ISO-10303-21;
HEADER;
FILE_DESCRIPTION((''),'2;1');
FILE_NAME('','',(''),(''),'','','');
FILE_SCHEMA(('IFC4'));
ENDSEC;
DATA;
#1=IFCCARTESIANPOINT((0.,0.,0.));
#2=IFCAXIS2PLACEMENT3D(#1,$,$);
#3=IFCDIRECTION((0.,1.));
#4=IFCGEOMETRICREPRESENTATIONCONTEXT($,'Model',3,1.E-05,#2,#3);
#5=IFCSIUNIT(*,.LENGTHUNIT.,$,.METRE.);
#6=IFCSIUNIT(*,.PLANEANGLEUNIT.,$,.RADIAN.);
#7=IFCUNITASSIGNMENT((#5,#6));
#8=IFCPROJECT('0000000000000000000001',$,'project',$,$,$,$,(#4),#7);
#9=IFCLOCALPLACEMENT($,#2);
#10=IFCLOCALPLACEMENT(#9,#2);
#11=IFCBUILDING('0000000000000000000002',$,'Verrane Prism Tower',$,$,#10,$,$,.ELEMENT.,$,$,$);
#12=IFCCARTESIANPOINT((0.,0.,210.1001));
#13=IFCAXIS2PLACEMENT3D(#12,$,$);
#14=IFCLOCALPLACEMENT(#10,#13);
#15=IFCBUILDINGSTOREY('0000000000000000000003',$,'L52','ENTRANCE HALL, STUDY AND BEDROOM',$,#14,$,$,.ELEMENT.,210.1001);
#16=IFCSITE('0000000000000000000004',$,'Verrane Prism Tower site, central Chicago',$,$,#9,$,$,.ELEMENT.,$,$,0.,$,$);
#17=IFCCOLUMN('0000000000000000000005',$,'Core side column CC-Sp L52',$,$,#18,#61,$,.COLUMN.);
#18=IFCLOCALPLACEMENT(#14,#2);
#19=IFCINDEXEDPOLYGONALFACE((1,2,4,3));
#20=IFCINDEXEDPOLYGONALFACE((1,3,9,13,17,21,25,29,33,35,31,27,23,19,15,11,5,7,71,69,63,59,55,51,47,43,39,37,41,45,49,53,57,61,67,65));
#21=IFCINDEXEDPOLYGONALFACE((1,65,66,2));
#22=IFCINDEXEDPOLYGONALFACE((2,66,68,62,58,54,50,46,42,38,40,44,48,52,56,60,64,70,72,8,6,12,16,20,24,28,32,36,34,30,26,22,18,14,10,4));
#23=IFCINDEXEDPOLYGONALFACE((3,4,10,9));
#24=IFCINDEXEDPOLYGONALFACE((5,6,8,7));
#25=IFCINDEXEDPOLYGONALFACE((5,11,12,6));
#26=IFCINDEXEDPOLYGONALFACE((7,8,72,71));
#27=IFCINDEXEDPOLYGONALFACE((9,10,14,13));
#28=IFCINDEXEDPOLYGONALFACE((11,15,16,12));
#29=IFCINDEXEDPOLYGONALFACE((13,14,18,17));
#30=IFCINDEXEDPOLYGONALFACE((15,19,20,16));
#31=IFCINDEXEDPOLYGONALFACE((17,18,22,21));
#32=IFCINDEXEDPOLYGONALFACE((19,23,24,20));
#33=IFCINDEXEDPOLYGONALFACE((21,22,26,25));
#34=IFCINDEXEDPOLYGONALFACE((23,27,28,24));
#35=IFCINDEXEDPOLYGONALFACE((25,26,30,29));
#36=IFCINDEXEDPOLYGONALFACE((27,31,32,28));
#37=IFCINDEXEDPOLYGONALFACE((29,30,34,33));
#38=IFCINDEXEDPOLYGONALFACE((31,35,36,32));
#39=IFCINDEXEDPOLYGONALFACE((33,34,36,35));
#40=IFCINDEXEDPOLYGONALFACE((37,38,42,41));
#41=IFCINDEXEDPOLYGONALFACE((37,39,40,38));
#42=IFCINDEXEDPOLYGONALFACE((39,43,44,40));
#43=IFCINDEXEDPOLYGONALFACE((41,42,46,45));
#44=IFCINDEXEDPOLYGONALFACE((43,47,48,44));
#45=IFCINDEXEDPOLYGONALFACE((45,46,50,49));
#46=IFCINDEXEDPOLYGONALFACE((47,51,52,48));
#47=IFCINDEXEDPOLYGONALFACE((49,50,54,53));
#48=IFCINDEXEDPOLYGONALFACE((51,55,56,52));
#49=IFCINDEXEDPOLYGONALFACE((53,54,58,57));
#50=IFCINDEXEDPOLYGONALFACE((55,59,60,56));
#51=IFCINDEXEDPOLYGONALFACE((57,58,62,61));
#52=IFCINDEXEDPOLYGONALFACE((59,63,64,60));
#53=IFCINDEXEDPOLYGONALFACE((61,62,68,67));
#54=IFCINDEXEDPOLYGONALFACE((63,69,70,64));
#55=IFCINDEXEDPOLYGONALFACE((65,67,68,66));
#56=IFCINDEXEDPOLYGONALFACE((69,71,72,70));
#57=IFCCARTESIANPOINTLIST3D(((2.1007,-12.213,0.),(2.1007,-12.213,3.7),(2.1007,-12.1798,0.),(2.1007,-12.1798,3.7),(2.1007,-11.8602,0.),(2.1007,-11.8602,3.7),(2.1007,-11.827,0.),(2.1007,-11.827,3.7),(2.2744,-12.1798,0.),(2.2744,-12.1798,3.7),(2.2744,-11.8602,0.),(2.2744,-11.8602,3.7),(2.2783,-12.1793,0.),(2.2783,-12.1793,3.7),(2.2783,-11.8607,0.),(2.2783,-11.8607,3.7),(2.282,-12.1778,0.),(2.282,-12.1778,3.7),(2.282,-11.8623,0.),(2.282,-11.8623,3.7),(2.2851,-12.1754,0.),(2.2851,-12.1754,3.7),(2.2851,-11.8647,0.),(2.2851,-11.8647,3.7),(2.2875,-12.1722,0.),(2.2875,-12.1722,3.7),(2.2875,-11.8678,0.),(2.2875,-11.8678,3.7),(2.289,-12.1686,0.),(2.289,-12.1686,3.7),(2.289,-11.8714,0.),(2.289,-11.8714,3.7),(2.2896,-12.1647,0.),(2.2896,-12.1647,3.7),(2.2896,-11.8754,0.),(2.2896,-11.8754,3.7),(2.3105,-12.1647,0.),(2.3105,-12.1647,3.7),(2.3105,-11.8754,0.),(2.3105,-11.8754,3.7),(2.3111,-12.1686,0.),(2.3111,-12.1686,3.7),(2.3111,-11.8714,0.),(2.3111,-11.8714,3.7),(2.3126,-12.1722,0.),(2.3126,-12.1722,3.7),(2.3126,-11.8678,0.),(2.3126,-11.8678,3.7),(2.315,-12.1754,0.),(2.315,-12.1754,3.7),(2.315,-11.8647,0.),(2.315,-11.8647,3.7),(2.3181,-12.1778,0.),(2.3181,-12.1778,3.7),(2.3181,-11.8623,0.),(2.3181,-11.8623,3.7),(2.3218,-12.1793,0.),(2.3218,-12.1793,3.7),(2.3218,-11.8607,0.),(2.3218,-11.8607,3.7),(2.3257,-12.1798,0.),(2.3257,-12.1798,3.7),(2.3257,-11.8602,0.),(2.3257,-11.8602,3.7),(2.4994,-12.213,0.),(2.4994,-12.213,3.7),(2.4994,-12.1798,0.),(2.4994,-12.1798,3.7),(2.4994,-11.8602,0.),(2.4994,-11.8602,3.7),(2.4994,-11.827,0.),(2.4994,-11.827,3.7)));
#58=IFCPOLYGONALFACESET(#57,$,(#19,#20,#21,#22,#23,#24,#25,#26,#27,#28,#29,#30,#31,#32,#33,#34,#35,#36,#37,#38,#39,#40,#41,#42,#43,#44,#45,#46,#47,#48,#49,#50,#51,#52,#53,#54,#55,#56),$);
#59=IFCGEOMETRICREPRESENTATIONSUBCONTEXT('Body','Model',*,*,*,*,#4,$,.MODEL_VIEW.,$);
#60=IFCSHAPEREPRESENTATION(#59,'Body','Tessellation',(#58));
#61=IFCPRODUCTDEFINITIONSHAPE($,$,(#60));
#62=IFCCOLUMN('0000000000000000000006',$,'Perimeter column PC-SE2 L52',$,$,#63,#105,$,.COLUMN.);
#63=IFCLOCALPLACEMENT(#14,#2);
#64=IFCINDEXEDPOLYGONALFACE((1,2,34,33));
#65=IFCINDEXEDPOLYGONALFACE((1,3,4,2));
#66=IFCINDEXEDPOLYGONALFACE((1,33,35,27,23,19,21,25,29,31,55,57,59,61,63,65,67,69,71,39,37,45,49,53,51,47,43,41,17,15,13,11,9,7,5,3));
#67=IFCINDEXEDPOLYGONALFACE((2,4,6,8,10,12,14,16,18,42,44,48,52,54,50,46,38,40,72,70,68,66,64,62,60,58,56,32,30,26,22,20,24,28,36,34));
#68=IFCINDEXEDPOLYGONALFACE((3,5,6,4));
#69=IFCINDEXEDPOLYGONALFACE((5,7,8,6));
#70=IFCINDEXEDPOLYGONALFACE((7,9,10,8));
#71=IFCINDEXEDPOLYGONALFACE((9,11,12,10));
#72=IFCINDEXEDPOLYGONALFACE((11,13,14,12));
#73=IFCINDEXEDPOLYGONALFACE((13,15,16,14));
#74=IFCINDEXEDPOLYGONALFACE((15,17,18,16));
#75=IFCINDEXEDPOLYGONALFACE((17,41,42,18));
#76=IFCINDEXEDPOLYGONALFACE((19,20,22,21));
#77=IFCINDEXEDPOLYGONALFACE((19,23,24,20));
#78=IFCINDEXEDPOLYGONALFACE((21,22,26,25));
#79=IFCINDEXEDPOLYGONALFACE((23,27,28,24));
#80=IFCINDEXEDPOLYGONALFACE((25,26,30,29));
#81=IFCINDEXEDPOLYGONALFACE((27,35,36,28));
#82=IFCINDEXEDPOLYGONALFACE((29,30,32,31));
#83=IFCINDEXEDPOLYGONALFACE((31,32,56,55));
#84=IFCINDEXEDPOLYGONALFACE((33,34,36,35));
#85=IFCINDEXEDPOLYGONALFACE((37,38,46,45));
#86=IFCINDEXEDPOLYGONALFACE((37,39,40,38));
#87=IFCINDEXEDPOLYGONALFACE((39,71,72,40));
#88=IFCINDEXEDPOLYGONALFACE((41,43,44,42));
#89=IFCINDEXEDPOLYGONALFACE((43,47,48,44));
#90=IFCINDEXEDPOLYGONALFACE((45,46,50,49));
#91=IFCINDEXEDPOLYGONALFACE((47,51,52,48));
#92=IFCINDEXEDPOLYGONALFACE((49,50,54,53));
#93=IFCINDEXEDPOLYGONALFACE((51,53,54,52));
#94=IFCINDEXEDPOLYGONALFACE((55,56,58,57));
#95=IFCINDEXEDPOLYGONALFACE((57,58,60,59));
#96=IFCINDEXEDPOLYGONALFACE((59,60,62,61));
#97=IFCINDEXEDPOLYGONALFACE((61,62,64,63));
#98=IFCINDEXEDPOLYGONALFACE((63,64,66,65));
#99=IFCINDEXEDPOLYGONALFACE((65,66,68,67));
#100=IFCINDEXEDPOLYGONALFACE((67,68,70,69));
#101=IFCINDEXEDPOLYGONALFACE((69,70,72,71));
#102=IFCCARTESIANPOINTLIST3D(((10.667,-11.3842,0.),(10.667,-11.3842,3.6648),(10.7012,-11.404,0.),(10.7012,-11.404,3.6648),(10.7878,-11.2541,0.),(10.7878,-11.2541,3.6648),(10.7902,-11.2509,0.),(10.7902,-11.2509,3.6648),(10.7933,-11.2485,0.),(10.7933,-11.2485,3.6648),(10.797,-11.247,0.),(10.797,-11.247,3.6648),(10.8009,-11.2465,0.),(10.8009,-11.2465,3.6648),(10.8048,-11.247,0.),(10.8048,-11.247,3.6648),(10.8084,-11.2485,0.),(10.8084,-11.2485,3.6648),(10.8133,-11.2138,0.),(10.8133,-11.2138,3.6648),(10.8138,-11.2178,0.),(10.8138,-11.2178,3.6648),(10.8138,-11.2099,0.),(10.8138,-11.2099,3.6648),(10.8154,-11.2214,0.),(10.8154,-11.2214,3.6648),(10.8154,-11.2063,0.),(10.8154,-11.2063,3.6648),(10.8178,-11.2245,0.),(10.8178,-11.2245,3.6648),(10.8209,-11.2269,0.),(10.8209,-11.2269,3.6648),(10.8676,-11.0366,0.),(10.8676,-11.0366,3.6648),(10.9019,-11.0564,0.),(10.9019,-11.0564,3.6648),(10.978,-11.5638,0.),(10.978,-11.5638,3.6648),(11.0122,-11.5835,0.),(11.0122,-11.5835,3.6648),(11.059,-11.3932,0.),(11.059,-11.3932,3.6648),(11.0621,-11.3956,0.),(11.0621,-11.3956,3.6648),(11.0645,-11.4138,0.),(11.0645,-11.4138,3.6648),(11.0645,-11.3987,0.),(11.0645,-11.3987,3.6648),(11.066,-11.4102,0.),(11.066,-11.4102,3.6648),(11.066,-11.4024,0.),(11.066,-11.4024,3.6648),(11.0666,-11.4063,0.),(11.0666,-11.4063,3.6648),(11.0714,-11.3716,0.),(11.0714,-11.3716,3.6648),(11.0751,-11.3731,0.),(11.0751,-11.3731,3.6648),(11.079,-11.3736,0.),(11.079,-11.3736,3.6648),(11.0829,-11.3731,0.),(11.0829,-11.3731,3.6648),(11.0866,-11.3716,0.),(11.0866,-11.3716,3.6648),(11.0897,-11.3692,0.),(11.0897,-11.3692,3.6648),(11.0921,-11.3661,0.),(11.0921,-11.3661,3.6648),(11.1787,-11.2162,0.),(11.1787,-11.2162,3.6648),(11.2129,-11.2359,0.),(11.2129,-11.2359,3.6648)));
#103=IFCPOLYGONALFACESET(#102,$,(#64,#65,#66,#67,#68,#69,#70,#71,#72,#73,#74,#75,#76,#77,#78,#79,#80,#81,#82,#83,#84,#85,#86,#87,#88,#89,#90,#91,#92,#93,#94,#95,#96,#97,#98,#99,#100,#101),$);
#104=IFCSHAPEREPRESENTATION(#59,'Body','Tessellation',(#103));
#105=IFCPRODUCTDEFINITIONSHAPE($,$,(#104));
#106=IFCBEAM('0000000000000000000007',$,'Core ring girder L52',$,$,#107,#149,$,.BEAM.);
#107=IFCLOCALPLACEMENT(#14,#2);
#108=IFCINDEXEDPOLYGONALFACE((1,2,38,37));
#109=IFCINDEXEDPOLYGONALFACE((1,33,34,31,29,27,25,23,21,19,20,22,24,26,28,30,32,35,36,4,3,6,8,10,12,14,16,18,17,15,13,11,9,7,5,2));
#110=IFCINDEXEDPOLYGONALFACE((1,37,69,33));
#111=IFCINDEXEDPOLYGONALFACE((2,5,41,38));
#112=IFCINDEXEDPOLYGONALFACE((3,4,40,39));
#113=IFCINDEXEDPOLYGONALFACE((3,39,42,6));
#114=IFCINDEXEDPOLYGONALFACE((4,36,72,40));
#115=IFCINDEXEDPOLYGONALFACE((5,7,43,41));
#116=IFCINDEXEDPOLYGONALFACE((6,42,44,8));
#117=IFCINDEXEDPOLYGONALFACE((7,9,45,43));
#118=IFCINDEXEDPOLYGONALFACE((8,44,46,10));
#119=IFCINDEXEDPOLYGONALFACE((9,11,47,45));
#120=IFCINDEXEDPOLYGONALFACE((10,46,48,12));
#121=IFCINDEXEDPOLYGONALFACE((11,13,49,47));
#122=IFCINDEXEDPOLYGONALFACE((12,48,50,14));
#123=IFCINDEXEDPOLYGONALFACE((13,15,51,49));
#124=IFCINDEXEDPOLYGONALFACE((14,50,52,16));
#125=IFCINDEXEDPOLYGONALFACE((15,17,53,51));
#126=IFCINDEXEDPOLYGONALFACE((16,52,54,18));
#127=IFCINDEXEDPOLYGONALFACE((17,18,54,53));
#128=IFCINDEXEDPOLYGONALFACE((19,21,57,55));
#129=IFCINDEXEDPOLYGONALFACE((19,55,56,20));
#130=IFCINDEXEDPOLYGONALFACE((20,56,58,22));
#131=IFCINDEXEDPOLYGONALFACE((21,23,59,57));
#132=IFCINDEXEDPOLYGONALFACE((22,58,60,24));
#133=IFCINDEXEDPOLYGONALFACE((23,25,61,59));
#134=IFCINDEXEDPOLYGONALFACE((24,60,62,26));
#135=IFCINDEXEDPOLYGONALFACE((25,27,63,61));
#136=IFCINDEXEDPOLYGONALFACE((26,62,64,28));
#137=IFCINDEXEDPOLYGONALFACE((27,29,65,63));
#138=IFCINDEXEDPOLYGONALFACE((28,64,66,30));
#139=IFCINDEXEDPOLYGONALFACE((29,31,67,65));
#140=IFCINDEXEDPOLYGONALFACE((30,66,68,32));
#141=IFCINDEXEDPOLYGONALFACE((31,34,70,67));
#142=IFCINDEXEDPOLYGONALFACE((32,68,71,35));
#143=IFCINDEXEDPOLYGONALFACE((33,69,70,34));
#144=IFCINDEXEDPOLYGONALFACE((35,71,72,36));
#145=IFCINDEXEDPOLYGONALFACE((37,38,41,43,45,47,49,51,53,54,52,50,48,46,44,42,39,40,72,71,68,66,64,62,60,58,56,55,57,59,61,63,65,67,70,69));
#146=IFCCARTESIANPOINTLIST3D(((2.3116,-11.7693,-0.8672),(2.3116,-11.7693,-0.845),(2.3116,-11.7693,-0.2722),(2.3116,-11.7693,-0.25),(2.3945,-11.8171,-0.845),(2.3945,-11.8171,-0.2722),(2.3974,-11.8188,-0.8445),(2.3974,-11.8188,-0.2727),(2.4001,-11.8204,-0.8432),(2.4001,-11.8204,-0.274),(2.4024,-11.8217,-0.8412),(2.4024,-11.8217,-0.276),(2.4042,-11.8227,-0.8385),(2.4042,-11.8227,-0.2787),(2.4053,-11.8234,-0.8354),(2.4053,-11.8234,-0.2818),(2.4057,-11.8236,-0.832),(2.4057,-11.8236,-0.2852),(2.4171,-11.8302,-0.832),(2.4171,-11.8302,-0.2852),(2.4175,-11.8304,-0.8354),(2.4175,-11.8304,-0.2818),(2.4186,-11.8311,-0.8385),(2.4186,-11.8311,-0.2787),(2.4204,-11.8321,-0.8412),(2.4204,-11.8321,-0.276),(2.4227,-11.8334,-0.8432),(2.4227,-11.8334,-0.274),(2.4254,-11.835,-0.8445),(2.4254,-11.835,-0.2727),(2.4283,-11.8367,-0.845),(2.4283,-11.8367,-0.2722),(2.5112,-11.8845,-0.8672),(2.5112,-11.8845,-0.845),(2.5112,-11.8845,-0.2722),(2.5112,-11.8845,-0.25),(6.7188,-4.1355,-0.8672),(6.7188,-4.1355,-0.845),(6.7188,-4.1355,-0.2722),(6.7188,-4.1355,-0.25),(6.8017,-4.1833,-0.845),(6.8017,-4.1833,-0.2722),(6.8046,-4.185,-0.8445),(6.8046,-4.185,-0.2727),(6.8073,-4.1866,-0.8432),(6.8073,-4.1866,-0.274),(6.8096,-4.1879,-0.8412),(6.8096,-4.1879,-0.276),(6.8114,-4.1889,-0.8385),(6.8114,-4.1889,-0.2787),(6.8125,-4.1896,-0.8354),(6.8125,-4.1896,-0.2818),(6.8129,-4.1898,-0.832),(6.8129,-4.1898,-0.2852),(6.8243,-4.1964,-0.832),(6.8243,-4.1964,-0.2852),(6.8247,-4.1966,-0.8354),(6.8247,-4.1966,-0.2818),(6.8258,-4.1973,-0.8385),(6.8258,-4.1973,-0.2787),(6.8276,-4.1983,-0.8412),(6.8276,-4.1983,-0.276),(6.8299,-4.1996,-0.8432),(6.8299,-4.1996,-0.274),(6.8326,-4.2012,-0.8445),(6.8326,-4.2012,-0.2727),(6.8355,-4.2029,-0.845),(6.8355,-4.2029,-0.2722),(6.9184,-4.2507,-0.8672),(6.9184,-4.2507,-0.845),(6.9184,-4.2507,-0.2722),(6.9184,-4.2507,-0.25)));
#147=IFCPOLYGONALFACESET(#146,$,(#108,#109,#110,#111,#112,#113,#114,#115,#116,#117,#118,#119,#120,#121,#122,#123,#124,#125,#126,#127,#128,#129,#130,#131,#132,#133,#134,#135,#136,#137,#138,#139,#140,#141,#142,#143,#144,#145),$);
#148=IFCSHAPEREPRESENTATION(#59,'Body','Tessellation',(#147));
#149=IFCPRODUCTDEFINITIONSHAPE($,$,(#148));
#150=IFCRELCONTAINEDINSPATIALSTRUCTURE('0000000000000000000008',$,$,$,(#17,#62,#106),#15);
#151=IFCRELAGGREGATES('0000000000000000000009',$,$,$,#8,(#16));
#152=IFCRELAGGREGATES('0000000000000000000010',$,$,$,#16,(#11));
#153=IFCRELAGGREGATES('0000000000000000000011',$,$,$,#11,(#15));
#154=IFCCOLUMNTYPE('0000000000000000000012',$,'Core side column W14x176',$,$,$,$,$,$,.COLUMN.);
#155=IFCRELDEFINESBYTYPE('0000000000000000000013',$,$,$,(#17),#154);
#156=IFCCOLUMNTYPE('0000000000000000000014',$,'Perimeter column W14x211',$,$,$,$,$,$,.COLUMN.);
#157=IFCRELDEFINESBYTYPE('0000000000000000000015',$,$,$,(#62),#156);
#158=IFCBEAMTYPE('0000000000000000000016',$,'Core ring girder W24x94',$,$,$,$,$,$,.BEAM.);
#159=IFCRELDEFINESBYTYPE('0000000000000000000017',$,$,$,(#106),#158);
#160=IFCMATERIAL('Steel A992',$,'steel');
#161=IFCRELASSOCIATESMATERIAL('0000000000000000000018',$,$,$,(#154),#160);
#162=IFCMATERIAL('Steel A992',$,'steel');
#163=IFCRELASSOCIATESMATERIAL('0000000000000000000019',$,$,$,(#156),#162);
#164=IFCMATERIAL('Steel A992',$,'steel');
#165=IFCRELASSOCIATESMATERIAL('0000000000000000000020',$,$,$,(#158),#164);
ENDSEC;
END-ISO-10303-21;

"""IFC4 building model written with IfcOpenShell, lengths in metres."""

from ifc_helpers import new_model, si_unit, direction, frame, origin, origin_2d, place, context, subcontext, project, spatial, i_section, extrude, material, material_profile, profile_set, type_object, element, save


model = new_model("IFC4")

# Units and contexts
model_context = context("Model", 3, precision=1e-05, world=origin(), true_north=direction((0.0, 1.0)))
body_context = subcontext(model_context, "Body", "Model", "MODEL_VIEW")
ifc_project = project(units=[si_unit("LENGTHUNIT", "METRE"), si_unit("PLANEANGLEUNIT", "RADIAN")], contexts=[model_context])

# Site, building, storey
site_placement = place(None, origin())
site = spatial("IfcSite", under=ifc_project, at=site_placement, Name="Verrane Prism Tower site, central Chicago", CompositionType="ELEMENT", RefElevation=0.0)
building_placement = place(site_placement, origin())
building = spatial("IfcBuilding", under=site, at=building_placement, Name="Verrane Prism Tower", CompositionType="ELEMENT")
storey_placement = place(building_placement, frame((0.0, 0.0, 210.1001)))
storey = spatial("IfcBuildingStorey", under=building, at=storey_placement, Name="L52", Description="ENTRANCE HALL, STUDY AND BEDROOM", CompositionType="ELEMENT", Elevation=210.1001)

# Columns
ifc_material_1 = material(Name="Steel A992", Category="steel")
ifc_material_profile_1 = material_profile(ifc_material_1, i_section(OverallWidth=0.3987, OverallDepth=0.386, WebThickness=0.021, FlangeThickness=0.0332, FilletRadius=0.0151, at=origin_2d()), Name="W14x176")
ifc_profile_set_1 = profile_set([ifc_material_profile_1], Name="Steel A992")
column_type_1 = type_object("IfcColumnType", Name="Core side column W14x176", PredefinedType="COLUMN", material=ifc_profile_set_1)
column_1_placement = place(storey_placement, frame((2.3, -12.02, 0.0), z_axis=(0.0, 0.0, 1.0), x_axis=(1.0, 0.0, 0.0)))
element("IfcColumn", 1, at=column_1_placement, inside=storey, type_object=column_type_1, Name="Core side column CC-Sp L52", PredefinedType="COLUMN", context=body_context, shape_type="SweptSolid", body=[
    extrude(i_section(OverallWidth=0.3987, OverallDepth=0.386, WebThickness=0.021, FlangeThickness=0.0332, FilletRadius=0.0151, at=origin_2d()), origin(), (0.0, 0.0, 1.0), 3.7),
])
ifc_material_2 = material(Name="Steel A992", Category="steel")
ifc_material_profile_2 = material_profile(ifc_material_2, i_section(OverallWidth=0.4014, OverallDepth=0.3987, WebThickness=0.0249, FlangeThickness=0.0396, FilletRadius=0.0151, at=origin_2d()), Name="W14x211")
ifc_profile_set_2 = profile_set([ifc_material_profile_2], Name="Steel A992")
column_type_2 = type_object("IfcColumnType", Name="Perimeter column W14x211", PredefinedType="COLUMN", material=ifc_profile_set_2)
column_2_placement = place(storey_placement, frame((10.9399, -11.3101, 0.0), z_axis=(0.0, 0.0, 1.0), x_axis=(-0.5, -0.866025, 0.0)))
element("IfcColumn", 2, at=column_2_placement, inside=storey, type_object=column_type_2, Name="Perimeter column PC-SE2 L52", PredefinedType="COLUMN", context=body_context, shape_type="SweptSolid", body=[
    extrude(i_section(OverallWidth=0.4014, OverallDepth=0.3987, WebThickness=0.0249, FlangeThickness=0.0396, FilletRadius=0.0151, at=origin_2d()), origin(), (0.0, 0.0, 1.0), 3.6648),
])

# Beam
ifc_material_3 = material(Name="Steel A992", Category="steel")
ifc_material_profile_3 = material_profile(ifc_material_3, i_section(OverallWidth=0.2305, OverallDepth=0.6172, WebThickness=0.0132, FlangeThickness=0.0222, FilletRadius=0.0129, at=origin_2d()), Name="W24x94")
ifc_profile_set_3 = profile_set([ifc_material_profile_3], Name="Steel A992")
beam_type_1 = type_object("IfcBeamType", Name="Core ring girder W24x94", PredefinedType="BEAM", material=ifc_profile_set_3)
beam_1_placement = place(storey_placement, frame((2.4114, -11.8269, -0.5586), z_axis=(0.499988, 0.866032, 0.0), x_axis=(-0.866032, 0.499988, 0.0)))
element("IfcBeam", 3, at=beam_1_placement, inside=storey, type_object=beam_type_1, Name="Core ring girder L52", PredefinedType="BEAM", context=body_context, shape_type="SweptSolid", body=[
    extrude(i_section(OverallWidth=0.2305, OverallDepth=0.6172, WebThickness=0.0132, FlangeThickness=0.0222, FilletRadius=0.0129, at=origin_2d()), origin(), (0.0, 0.0, 1.0), 8.8147),
])

save(model, "model.ifc")
